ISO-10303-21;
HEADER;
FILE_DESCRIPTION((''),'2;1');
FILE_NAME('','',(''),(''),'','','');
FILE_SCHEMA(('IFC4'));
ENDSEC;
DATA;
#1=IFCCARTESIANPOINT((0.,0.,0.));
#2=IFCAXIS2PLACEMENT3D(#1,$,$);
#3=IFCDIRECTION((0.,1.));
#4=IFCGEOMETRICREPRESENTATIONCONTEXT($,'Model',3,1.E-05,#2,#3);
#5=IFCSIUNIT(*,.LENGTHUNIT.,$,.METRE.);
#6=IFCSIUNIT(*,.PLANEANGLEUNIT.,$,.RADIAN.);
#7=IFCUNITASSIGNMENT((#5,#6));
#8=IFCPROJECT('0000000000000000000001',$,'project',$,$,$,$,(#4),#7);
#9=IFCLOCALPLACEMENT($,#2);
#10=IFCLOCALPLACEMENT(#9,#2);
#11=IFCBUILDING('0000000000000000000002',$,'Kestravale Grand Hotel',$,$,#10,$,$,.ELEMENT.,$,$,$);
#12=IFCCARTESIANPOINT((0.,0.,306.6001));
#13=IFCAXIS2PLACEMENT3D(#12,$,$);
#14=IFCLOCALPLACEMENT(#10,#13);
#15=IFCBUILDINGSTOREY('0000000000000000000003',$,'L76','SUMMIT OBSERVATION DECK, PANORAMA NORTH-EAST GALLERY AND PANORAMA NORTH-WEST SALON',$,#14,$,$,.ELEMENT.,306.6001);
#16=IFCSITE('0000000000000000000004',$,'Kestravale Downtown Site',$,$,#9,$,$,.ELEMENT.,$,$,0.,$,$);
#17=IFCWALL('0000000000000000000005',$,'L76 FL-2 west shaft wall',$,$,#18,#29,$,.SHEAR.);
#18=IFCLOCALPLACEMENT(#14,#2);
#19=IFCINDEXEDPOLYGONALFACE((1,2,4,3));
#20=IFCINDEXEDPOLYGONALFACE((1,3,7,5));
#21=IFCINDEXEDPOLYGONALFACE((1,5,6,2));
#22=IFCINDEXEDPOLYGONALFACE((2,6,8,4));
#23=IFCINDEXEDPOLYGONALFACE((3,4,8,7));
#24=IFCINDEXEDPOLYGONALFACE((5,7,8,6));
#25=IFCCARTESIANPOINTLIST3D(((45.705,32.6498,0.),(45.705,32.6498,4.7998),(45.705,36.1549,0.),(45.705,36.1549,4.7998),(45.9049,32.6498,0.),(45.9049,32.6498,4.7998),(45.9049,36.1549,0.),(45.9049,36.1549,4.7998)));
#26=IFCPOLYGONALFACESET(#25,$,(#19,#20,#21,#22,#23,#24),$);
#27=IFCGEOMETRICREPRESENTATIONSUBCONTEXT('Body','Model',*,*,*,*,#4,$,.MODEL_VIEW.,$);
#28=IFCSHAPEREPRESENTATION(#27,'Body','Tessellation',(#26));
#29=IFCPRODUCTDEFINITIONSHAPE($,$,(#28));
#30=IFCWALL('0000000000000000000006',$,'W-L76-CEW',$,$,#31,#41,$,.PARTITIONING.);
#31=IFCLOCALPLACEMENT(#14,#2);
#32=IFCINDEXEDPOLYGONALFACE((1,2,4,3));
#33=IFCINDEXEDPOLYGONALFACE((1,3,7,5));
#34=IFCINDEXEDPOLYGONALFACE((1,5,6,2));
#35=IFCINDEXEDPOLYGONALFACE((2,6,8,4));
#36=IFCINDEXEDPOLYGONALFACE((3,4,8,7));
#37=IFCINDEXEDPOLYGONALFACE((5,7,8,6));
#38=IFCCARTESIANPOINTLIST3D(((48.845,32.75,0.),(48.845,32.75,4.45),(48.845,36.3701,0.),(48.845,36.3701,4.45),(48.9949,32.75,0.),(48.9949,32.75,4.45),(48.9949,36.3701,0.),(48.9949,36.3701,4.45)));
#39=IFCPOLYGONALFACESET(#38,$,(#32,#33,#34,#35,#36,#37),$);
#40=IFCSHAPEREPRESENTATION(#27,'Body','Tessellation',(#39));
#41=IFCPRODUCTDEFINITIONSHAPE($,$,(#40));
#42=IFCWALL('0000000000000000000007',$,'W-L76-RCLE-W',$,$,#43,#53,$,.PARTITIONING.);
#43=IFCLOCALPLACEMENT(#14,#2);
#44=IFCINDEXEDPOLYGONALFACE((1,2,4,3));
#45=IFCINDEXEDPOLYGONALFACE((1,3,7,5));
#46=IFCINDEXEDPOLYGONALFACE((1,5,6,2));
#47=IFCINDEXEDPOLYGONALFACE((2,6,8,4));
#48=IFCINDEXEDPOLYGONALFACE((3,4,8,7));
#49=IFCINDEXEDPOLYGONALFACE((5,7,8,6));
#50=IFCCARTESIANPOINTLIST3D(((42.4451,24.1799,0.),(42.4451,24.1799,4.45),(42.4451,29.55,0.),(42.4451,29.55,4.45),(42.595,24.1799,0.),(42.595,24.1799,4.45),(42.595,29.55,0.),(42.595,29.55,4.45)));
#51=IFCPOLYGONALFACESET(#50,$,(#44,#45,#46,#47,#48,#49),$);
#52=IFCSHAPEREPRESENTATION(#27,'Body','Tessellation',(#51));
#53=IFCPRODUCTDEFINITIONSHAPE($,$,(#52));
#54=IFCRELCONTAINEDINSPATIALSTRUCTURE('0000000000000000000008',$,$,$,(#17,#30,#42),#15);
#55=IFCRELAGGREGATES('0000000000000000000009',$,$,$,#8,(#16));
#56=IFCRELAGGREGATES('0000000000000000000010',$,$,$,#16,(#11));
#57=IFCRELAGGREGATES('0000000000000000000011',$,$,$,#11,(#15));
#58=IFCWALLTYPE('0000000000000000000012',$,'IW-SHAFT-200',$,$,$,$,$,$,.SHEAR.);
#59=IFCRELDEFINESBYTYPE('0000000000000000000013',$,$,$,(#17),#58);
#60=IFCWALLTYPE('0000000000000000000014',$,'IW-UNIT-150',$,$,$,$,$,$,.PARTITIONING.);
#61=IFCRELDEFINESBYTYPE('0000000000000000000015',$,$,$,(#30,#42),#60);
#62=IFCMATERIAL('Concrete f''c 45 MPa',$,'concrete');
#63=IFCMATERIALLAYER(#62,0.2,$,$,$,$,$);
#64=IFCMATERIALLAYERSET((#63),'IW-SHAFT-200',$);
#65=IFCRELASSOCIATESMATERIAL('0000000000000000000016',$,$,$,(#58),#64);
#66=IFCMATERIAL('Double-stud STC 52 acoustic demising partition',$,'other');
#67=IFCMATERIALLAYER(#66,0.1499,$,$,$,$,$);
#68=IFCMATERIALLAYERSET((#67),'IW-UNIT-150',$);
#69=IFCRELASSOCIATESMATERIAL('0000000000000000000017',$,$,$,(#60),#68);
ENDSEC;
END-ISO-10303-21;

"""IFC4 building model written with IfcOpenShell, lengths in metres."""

from ifc_helpers import new_model, si_unit, direction, frame, frame_2d, origin, place, context, subcontext, project, spatial, rectangle, extrude, material, layer, layer_set, type_object, element, save


model = new_model("IFC4")

# Units and contexts
model_context = context("Model", 3, precision=1e-05, world=origin(), true_north=direction((0.0, 1.0)))
body_context = subcontext(model_context, "Body", "Model", "MODEL_VIEW")
ifc_project = project(units=[si_unit("LENGTHUNIT", "METRE"), si_unit("PLANEANGLEUNIT", "RADIAN")], contexts=[model_context])

# Site, building, storey
site_placement = place(None, origin())
site = spatial("IfcSite", under=ifc_project, at=site_placement, Name="Kestravale Downtown Site", CompositionType="ELEMENT", RefElevation=0.0)
building_placement = place(site_placement, origin())
building = spatial("IfcBuilding", under=site, at=building_placement, Name="Kestravale Grand Hotel", CompositionType="ELEMENT")
storey_placement = place(building_placement, frame((0.0, 0.0, 306.6001)))
storey = spatial("IfcBuildingStorey", under=building, at=storey_placement, Name="L76", Description="SUMMIT OBSERVATION DECK, PANORAMA NORTH-EAST GALLERY AND PANORAMA NORTH-WEST SALON", CompositionType="ELEMENT", Elevation=306.6001)

# Wall
ifc_material_1 = material(Name="Concrete f'c 45 MPa", Category="concrete")
ifc_layer_1 = layer(ifc_material_1, 0.2)
ifc_layer_set_1 = layer_set([ifc_layer_1], Name="IW-SHAFT-200")
wall_type_1 = type_object("IfcWallType", Name="IW-SHAFT-200", PredefinedType="SHEAR", material=ifc_layer_set_1)
wall_1_placement = place(storey_placement, frame((45.8049, 32.6499, 0.0), z_axis=(0.0, 0.0, 1.0), x_axis=(0.0, 1.0, 0.0)))
element("IfcWall", 1, at=wall_1_placement, inside=storey, type_object=wall_type_1, Name="L76 FL-2 west shaft wall", PredefinedType="SHEAR", context=body_context, shape_type="SweptSolid", body=[
    extrude(rectangle(XDim=3.5051, YDim=0.2, at=frame_2d((1.7524, 0.0))), origin(), (0.0, 0.0, 1.0), 4.7998),
])

# Walls
ifc_material_2 = material(Name="Double-stud STC 52 acoustic demising partition", Category="other")
ifc_layer_2 = layer(ifc_material_2, 0.1499)
ifc_layer_set_2 = layer_set([ifc_layer_2], Name="IW-UNIT-150")
wall_type_2 = type_object("IfcWallType", Name="IW-UNIT-150", PredefinedType="PARTITIONING", material=ifc_layer_set_2)
wall_2_placement = place(storey_placement, frame((48.9199, 32.75, 0.0), z_axis=(0.0, 0.0, 1.0), x_axis=(0.0, 1.0, 0.0)))
element("IfcWall", 2, at=wall_2_placement, inside=storey, type_object=wall_type_2, Name="W-L76-CEW", PredefinedType="PARTITIONING", context=body_context, shape_type="SweptSolid", body=[
    extrude(rectangle(XDim=3.6201, YDim=0.1499, at=frame_2d((1.8101, 0.0))), origin(), (0.0, 0.0, 1.0), 4.45),
])
wall_3_placement = place(storey_placement, frame((42.52, 24.1799, 0.0), z_axis=(0.0, 0.0, 1.0), x_axis=(0.0, 1.0, 0.0)))
element("IfcWall", 3, at=wall_3_placement, inside=storey, type_object=wall_type_2, Name="W-L76-RCLE-W", PredefinedType="PARTITIONING", context=body_context, shape_type="SweptSolid", body=[
    extrude(rectangle(XDim=5.3701, YDim=0.1499, at=frame_2d((2.6851, 0.0))), origin(), (0.0, 0.0, 1.0), 4.45),
])

save(model, "model.ifc")
